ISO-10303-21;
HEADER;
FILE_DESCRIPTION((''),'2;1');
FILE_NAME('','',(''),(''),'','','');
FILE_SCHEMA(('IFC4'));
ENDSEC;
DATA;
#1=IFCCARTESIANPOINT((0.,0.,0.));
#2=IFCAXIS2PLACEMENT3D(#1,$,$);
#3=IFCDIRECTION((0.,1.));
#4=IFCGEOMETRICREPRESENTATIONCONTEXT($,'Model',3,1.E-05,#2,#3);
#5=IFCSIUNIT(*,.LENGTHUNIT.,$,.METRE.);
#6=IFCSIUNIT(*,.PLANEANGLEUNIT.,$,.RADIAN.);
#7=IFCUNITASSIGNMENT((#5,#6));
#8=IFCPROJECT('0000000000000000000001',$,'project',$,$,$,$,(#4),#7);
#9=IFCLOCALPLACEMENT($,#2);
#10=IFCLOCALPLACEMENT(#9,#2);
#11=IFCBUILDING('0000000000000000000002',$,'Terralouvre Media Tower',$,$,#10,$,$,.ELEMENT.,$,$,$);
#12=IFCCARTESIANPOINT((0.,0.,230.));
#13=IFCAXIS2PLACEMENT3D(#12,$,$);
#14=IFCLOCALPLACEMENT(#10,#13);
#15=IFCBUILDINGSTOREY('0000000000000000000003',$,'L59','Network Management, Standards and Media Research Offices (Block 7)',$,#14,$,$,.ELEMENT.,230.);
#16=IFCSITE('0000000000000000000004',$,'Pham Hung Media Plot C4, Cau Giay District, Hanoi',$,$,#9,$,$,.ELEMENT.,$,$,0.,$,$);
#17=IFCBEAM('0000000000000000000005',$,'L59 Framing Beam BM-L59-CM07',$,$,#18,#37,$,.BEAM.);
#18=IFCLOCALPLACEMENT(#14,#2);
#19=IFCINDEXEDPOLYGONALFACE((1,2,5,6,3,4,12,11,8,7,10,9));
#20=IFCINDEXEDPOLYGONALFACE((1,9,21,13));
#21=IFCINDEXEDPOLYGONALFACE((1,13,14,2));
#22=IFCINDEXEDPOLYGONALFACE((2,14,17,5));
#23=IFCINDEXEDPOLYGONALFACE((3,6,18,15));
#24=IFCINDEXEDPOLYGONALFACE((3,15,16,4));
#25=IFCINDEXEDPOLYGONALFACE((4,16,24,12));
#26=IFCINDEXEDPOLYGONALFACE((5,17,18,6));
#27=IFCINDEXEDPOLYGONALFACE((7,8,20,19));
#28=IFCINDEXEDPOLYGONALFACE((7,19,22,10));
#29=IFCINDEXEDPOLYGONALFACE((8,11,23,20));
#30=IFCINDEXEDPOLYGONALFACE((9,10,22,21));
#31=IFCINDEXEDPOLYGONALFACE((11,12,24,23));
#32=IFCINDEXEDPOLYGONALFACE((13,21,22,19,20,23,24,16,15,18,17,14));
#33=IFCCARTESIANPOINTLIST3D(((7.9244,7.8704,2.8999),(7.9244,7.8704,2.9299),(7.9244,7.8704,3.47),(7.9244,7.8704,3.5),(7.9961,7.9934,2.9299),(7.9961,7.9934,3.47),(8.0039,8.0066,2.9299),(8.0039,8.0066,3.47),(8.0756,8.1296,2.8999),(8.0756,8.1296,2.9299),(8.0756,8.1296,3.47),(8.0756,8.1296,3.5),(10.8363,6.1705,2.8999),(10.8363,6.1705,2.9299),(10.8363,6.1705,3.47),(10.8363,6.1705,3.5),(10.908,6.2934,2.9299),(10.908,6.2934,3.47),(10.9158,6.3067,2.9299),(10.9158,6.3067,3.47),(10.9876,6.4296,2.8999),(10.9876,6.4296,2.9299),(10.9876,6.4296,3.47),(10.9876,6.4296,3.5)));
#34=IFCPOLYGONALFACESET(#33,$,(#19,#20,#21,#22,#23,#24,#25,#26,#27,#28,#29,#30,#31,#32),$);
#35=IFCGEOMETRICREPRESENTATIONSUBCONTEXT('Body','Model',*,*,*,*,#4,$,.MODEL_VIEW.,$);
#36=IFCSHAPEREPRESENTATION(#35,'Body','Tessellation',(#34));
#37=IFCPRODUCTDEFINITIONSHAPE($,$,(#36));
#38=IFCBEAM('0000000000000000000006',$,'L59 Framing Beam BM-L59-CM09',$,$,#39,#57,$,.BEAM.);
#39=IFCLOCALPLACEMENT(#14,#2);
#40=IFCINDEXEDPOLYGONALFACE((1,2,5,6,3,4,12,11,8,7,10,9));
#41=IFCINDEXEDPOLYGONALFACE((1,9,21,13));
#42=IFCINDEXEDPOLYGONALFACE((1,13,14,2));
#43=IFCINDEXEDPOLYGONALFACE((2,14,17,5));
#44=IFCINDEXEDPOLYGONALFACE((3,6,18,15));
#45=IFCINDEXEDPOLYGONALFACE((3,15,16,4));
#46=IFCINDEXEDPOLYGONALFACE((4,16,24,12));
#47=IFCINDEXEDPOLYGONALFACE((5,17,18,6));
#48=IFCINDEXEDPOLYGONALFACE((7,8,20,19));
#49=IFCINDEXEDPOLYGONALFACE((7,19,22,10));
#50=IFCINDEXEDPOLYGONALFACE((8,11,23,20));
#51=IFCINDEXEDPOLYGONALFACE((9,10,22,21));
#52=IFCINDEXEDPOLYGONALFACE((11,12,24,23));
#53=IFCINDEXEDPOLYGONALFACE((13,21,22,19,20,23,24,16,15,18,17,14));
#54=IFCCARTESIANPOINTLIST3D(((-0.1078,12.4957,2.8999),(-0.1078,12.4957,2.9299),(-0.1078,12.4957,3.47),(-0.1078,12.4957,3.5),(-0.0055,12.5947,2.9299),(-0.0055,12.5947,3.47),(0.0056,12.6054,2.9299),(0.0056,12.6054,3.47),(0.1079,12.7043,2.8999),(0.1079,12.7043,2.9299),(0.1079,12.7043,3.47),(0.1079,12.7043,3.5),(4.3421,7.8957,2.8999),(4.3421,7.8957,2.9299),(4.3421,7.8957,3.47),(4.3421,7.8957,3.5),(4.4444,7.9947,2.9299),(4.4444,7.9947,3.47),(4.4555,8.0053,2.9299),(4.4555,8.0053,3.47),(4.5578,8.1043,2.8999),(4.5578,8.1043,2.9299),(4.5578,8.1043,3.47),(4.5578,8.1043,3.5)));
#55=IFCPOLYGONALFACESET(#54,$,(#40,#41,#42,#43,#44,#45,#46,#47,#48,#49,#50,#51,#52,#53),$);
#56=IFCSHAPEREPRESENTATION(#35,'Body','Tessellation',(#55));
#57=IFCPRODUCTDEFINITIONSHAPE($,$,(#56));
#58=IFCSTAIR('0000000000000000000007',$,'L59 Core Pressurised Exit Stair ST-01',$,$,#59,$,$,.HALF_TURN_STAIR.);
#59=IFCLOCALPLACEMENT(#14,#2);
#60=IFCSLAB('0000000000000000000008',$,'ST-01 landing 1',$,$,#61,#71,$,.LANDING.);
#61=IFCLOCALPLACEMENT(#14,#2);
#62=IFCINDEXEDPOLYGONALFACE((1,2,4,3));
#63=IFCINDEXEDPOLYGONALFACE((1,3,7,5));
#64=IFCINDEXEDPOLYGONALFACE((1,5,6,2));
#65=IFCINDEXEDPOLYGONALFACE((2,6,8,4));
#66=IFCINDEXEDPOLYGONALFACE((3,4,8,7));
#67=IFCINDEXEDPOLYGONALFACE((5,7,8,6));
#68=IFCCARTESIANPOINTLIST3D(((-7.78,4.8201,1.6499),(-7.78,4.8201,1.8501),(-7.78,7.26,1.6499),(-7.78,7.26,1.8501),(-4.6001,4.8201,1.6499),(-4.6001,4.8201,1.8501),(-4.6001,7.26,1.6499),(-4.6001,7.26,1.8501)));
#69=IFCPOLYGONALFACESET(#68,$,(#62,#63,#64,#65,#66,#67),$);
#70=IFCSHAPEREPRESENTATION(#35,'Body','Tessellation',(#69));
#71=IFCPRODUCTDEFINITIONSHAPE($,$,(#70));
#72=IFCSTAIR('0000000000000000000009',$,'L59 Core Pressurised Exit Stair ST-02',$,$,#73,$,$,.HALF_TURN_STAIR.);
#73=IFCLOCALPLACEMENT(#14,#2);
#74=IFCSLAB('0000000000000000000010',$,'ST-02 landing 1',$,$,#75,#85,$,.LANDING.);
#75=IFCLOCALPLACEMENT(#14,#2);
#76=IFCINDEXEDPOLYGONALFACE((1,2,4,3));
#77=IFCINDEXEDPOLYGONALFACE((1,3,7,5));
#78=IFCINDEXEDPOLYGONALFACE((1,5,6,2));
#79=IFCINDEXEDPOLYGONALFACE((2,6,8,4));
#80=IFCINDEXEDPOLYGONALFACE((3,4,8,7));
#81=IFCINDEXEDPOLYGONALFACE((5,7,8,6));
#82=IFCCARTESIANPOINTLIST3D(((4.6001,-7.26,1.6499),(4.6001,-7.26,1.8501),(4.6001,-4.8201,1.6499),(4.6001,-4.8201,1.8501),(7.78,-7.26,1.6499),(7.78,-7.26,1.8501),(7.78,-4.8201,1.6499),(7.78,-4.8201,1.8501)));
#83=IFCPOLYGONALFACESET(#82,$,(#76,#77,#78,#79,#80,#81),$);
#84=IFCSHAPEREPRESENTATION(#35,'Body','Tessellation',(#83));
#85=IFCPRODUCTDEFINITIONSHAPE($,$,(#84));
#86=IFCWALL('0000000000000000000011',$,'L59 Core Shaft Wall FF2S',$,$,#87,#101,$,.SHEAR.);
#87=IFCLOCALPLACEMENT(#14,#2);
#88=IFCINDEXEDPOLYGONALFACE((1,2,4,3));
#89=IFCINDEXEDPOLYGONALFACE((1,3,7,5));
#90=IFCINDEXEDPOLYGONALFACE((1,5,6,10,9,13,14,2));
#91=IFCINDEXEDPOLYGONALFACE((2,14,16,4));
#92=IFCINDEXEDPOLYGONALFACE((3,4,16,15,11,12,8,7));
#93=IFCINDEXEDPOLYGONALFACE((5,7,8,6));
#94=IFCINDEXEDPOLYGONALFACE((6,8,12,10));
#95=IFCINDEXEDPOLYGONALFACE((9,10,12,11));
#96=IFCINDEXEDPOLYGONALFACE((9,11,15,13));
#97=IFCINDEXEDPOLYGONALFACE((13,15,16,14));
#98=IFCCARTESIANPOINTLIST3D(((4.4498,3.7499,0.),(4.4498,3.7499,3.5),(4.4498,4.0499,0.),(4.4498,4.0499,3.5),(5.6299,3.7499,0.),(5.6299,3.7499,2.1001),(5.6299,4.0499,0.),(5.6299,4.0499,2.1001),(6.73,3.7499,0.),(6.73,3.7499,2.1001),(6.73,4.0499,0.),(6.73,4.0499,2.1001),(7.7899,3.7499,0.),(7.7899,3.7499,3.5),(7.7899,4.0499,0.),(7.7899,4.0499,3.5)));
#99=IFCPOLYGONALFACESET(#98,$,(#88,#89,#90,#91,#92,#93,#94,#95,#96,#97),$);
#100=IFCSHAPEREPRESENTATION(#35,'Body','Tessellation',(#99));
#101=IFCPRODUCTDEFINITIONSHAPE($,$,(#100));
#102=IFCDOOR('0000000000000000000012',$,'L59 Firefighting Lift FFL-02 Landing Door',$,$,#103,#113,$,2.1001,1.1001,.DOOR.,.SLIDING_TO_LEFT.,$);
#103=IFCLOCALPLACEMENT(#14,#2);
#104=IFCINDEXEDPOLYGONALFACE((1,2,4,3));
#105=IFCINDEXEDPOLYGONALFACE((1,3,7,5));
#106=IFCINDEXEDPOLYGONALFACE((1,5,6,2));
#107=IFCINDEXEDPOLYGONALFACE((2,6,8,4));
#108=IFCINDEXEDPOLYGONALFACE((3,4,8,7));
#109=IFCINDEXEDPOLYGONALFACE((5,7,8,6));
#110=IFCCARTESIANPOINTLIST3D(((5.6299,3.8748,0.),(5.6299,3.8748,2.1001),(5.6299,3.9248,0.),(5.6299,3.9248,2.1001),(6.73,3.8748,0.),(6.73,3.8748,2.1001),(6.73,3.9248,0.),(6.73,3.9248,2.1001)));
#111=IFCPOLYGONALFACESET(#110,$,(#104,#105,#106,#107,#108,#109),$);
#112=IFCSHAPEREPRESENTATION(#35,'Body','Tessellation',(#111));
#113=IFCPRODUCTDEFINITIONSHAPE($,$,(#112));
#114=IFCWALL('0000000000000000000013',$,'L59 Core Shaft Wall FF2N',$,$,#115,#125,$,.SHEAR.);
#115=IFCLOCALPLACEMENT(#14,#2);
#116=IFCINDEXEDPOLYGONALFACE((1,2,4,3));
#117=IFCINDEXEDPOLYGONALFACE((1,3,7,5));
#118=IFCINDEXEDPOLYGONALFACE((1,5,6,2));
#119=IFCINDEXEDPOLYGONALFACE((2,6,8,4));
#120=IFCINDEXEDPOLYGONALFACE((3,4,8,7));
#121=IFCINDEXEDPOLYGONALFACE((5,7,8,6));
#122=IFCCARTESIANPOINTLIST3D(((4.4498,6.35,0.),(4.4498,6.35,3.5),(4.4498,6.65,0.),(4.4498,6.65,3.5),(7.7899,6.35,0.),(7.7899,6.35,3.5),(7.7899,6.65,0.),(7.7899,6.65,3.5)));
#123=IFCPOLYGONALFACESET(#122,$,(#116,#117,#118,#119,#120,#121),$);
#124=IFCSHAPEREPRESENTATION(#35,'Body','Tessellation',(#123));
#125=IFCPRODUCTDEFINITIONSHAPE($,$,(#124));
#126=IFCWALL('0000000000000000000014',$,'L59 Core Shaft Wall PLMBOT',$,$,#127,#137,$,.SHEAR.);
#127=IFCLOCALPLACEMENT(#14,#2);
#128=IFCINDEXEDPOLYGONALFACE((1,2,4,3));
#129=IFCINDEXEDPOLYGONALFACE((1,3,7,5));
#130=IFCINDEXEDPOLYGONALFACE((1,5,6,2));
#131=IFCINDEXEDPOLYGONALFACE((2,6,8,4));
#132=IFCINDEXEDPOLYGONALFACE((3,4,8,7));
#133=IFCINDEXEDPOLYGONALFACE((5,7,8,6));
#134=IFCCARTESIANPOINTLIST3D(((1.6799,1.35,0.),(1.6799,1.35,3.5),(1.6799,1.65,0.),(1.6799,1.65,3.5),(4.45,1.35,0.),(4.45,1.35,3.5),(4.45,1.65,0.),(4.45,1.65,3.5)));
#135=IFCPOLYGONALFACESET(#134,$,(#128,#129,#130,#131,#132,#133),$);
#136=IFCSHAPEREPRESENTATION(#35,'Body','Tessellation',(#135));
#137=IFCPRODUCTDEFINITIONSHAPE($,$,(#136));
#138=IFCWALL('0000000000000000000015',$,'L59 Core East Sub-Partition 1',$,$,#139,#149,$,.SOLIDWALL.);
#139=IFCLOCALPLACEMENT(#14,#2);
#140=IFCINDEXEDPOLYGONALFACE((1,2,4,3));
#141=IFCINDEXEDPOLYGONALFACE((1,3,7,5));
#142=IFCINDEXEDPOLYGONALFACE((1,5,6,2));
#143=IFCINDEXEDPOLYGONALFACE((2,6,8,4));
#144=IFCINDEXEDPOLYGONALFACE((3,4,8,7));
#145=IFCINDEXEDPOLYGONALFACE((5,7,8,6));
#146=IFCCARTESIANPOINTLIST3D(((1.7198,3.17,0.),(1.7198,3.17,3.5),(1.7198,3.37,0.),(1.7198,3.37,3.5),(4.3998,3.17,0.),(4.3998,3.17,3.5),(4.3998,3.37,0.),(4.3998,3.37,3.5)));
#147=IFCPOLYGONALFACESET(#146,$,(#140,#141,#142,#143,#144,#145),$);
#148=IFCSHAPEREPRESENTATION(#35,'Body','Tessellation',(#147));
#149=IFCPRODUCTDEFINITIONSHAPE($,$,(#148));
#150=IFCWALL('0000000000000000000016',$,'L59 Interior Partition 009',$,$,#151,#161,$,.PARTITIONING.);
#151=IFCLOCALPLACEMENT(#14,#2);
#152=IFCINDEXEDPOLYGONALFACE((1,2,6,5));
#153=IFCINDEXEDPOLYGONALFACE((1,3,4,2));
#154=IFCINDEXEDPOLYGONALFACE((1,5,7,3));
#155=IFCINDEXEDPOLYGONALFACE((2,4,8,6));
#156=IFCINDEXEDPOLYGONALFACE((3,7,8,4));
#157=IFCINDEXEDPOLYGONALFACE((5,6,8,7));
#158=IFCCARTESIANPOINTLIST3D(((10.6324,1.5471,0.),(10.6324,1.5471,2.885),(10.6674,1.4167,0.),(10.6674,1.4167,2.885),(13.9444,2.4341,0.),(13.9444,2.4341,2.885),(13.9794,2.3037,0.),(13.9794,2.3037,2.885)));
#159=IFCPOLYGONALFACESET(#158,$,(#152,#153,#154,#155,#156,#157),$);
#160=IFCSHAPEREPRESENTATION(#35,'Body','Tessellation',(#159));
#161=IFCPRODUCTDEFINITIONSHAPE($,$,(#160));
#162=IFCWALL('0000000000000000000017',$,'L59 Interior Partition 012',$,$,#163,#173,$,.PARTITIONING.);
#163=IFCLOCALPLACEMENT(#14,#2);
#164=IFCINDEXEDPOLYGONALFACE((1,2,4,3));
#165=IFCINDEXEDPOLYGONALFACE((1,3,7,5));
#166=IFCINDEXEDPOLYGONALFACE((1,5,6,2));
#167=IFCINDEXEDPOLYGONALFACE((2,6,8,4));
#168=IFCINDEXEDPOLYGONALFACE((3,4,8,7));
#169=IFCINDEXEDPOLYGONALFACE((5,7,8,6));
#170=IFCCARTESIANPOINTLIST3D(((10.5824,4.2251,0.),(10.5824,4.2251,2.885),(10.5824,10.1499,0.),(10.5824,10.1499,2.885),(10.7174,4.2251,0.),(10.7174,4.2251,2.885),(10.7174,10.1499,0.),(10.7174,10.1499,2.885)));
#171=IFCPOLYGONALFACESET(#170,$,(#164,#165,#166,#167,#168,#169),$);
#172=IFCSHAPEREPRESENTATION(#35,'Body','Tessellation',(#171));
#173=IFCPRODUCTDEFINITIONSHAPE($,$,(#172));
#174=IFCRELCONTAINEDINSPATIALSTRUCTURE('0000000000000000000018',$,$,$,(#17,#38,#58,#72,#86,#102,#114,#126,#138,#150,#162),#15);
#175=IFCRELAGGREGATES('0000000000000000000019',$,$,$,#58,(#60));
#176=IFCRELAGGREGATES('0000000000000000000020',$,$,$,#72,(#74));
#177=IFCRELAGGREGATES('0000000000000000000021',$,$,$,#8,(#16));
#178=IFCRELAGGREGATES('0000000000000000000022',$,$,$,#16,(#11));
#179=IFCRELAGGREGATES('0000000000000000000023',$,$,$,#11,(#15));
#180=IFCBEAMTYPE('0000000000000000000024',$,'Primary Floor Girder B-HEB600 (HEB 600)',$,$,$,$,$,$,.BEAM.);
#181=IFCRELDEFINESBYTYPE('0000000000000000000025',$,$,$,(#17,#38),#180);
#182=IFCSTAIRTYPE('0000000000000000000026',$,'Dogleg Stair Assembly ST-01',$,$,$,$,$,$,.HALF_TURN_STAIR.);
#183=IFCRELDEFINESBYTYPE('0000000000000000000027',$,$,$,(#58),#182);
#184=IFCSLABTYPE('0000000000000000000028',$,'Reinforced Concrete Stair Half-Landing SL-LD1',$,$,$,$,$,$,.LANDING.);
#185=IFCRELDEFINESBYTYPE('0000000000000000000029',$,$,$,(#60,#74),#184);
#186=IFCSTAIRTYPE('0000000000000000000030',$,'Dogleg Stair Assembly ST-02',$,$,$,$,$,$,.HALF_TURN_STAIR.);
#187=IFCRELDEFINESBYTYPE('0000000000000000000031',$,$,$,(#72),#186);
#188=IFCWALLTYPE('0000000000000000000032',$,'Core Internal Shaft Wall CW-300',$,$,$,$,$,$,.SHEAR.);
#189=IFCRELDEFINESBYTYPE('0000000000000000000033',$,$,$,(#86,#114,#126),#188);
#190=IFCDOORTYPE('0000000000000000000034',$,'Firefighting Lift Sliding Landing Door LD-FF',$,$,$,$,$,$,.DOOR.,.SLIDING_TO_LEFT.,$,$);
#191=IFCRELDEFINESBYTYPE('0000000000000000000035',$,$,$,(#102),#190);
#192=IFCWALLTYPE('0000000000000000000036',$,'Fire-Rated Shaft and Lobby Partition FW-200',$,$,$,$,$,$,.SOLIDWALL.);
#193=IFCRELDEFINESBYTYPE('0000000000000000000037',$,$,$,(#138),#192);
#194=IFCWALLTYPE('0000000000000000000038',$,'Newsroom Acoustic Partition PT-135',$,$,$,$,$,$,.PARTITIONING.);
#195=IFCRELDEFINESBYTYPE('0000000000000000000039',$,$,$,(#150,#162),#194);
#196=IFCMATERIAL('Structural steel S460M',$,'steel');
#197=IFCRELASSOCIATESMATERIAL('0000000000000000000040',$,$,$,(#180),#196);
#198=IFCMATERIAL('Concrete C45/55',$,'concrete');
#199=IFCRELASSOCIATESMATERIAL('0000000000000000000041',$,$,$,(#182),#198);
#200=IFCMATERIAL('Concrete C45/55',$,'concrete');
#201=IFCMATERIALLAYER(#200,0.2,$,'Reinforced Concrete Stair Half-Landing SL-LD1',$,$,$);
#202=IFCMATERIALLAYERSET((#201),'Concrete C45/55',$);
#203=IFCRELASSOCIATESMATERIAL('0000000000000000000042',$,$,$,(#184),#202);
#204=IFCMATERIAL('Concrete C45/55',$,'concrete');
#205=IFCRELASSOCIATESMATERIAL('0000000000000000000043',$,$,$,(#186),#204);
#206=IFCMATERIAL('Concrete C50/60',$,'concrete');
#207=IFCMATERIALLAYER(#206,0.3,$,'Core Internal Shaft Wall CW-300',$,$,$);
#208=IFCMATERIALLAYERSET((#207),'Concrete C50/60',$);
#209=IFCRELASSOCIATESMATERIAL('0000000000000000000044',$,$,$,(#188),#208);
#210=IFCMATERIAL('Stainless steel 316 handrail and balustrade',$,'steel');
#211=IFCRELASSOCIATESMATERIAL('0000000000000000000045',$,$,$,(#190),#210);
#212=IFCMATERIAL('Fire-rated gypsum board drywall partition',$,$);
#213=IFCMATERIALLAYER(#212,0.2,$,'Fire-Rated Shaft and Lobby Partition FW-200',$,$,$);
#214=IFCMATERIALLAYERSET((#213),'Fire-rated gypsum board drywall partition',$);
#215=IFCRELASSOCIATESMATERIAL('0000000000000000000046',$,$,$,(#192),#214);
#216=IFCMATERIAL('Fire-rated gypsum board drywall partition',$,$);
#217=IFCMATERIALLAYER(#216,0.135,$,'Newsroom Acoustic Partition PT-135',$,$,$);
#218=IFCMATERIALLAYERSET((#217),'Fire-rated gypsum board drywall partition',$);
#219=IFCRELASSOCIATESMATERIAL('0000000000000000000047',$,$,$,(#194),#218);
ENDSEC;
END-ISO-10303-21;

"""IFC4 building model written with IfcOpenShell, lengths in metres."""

from ifc_helpers import new_model, si_unit, direction, frame, frame_2d, origin, origin_2d, place, context, subcontext, project, spatial, polyline, rectangle, i_section, outline, extrude, material, layer, layer_set, material_profile, profile_set, type_object, element, fill, aggregate, save


model = new_model("IFC4")

# Units and contexts
model_context = context("Model", 3, precision=1e-05, world=origin(), true_north=direction((0.0, 1.0)))
body_context = subcontext(model_context, "Body", "Model", "MODEL_VIEW")
ifc_project = project(units=[si_unit("LENGTHUNIT", "METRE"), si_unit("PLANEANGLEUNIT", "RADIAN")], contexts=[model_context])

# Site, building, storey
site_placement = place(None, origin())
site = spatial("IfcSite", under=ifc_project, at=site_placement, Name="Pham Hung Media Plot C4, Cau Giay District, Hanoi", CompositionType="ELEMENT", RefElevation=0.0)
building_placement = place(site_placement, origin())
building = spatial("IfcBuilding", under=site, at=building_placement, Name="Terralouvre Media Tower", CompositionType="ELEMENT")
storey_placement = place(building_placement, frame((0.0, 0.0, 230.0)))
storey = spatial("IfcBuildingStorey", under=building, at=storey_placement, Name="L59", Description="Network Management, Standards and Media Research Offices (Block 7)", CompositionType="ELEMENT", Elevation=230.0)

# Beams
ifc_material_1 = material(Name="Structural steel S460M", Category="steel")
ifc_material_profile_1 = material_profile(ifc_material_1, i_section(OverallWidth=0.3, OverallDepth=0.6001, WebThickness=0.0154, FlangeThickness=0.03, at=origin_2d()), Name="HEB 600")
ifc_profile_set_1 = profile_set([ifc_material_profile_1], Name="Structural steel S460M")
beam_type_1 = type_object("IfcBeamType", Name="Primary Floor Girder B-HEB600 (HEB 600)", PredefinedType="BEAM", material=ifc_profile_set_1)
beam_1_placement = place(storey_placement, frame((8.0, 8.0, 3.2), z_axis=(0.863603, -0.504173, 0.0), x_axis=(0.504173, 0.863603, 0.0)))
element("IfcBeam", 1, at=beam_1_placement, inside=storey, type_object=beam_type_1, Name="L59 Framing Beam BM-L59-CM07", PredefinedType="BEAM", context=body_context, shape_type="SweptSolid", body=[
    extrude(i_section(OverallWidth=0.3, OverallDepth=0.6001, WebThickness=0.0154, FlangeThickness=0.03, at=origin_2d()), origin(), (0.0, 0.0, 1.0), 3.3718),
])
beam_2_placement = place(storey_placement, frame((4.45, 8.0, 3.2), z_axis=(-0.69528, 0.718739, 0.0), x_axis=(-0.718739, -0.69528, 0.0)))
element("IfcBeam", 2, at=beam_2_placement, inside=storey, type_object=beam_type_1, Name="L59 Framing Beam BM-L59-CM09", PredefinedType="BEAM", context=body_context, shape_type="SweptSolid", body=[
    extrude(i_section(OverallWidth=0.3, OverallDepth=0.6001, WebThickness=0.0154, FlangeThickness=0.03, at=origin_2d()), origin(), (0.0, 0.0, 1.0), 6.4001),
])

# Stairs, slabs
ifc_material_2 = material(Name="Concrete C45/55", Category="concrete")
stair_type_1 = type_object("IfcStairType", Name="Dogleg Stair Assembly ST-01", PredefinedType="HALF_TURN_STAIR", material=ifc_material_2)
stair_1_placement = place(storey_placement, origin())
stair_1 = element("IfcStair", 3, at=stair_1_placement, inside=storey, type_object=stair_type_1, Name="L59 Core Pressurised Exit Stair ST-01", PredefinedType="HALF_TURN_STAIR")
ifc_material_3 = material(Name="Concrete C45/55", Category="concrete")
ifc_layer_1 = layer(ifc_material_3, 0.2, Name="Reinforced Concrete Stair Half-Landing SL-LD1")
ifc_layer_set_1 = layer_set([ifc_layer_1], Name="Concrete C45/55")
slab_type = type_object("IfcSlabType", Name="Reinforced Concrete Stair Half-Landing SL-LD1", PredefinedType="LANDING", material=ifc_layer_set_1)
slab_1_placement = place(storey_placement, frame((0.0, 0.0, 1.6499)))
slab_1 = element("IfcSlab", 4, at=slab_1_placement, type_object=slab_type, Name="ST-01 landing 1", PredefinedType="LANDING", context=body_context, shape_type="SweptSolid", body=[
    extrude(outline(polyline([(-4.6001, 4.8201), (-4.6001, 7.26), (-7.78, 7.26), (-7.78, 4.8201), (-4.6001, 4.8201)])), origin(), (0.0, 0.0, 1.0), 0.2002),
])
aggregate(stair_1, [slab_1])
ifc_material_4 = material(Name="Concrete C45/55", Category="concrete")
stair_type_2 = type_object("IfcStairType", Name="Dogleg Stair Assembly ST-02", PredefinedType="HALF_TURN_STAIR", material=ifc_material_4)
stair_2_placement = place(storey_placement, origin())
stair_2 = element("IfcStair", 5, at=stair_2_placement, inside=storey, type_object=stair_type_2, Name="L59 Core Pressurised Exit Stair ST-02", PredefinedType="HALF_TURN_STAIR")
slab_2_placement = place(storey_placement, frame((0.0, 0.0, 1.6499)))
slab_2 = element("IfcSlab", 6, at=slab_2_placement, type_object=slab_type, Name="ST-02 landing 1", PredefinedType="LANDING", context=body_context, shape_type="SweptSolid", body=[
    extrude(outline(polyline([(4.6001, -4.8201), (4.6001, -7.26), (7.78, -7.26), (7.78, -4.8201), (4.6001, -4.8201)])), origin(), (0.0, 0.0, 1.0), 0.2002),
])
aggregate(stair_2, [slab_2])

# Wall, opening, door
ifc_material_5 = material(Name="Concrete C50/60", Category="concrete")
ifc_layer_2 = layer(ifc_material_5, 0.3, Name="Core Internal Shaft Wall CW-300")
ifc_layer_set_2 = layer_set([ifc_layer_2], Name="Concrete C50/60")
wall_type_1 = type_object("IfcWallType", Name="Core Internal Shaft Wall CW-300", PredefinedType="SHEAR", material=ifc_layer_set_2)
wall_1_placement = place(storey_placement, frame((4.45, 3.8999, 0.0), z_axis=(0.0, 0.0, 1.0), x_axis=(1.0, 0.0, 0.0)))
wall_1 = element("IfcWall", 7, at=wall_1_placement, inside=storey, type_object=wall_type_1, Name="L59 Core Shaft Wall FF2S", PredefinedType="SHEAR", context=body_context, shape_type="SweptSolid", body=[
    extrude(rectangle(XDim=3.3401, YDim=0.3, at=frame_2d((1.6699, 0.0))), origin(), (0.0, 0.0, 1.0), 3.5),
])
opening_placement = place(wall_1_placement, frame((1.1799, 0.0, 0.0)))
opening = element("IfcOpeningElement", 8, at=opening_placement, cuts=wall_1, PredefinedType="OPENING", context=body_context, shape_type="SweptSolid", body=[
    extrude(rectangle(XDim=1.1001, YDim=2.1001, at=frame_2d((0.55, 1.05))), frame((0.0, 0.1599, 0.0), z_axis=(0.0, -1.0, 0.0), x_axis=(1.0, 0.0, 0.0)), (0.0, 0.0, 1.0), 0.3201),
])
ifc_material_6 = material(Name="Stainless steel 316 handrail and balustrade", Category="steel")
door_type = type_object("IfcDoorType", Name="Firefighting Lift Sliding Landing Door LD-FF", OperationType="SLIDING_TO_LEFT", PredefinedType="DOOR", material=ifc_material_6)
door_placement = place(opening_placement, origin())
door = element("IfcDoor", 9, at=door_placement, inside=storey, type_object=door_type, Name="L59 Firefighting Lift FFL-02 Landing Door", OperationType="SLIDING_TO_LEFT", OverallHeight=2.1001, OverallWidth=1.1001, PredefinedType="DOOR", context=body_context, shape_type="SweptSolid", body=[
    extrude(rectangle(XDim=1.1001, YDim=2.1001, at=frame_2d((0.55, 1.05))), frame((0.0, 0.0249, 0.0), z_axis=(0.0, -1.0, 0.0), x_axis=(1.0, 0.0, 0.0)), (0.0, 0.0, 1.0), 0.05),
])
fill(opening, door)

# Walls
wall_2_placement = place(storey_placement, frame((4.45, 6.5, 0.0), z_axis=(0.0, 0.0, 1.0), x_axis=(1.0, 0.0, 0.0)))
element("IfcWall", 10, at=wall_2_placement, inside=storey, type_object=wall_type_1, Name="L59 Core Shaft Wall FF2N", PredefinedType="SHEAR", context=body_context, shape_type="SweptSolid", body=[
    extrude(rectangle(XDim=3.3401, YDim=0.3, at=frame_2d((1.6699, 0.0))), origin(), (0.0, 0.0, 1.0), 3.5),
])
wall_3_placement = place(storey_placement, frame((1.6799, 1.5, 0.0), z_axis=(0.0, 0.0, 1.0), x_axis=(1.0, 0.0, 0.0)))
element("IfcWall", 11, at=wall_3_placement, inside=storey, type_object=wall_type_1, Name="L59 Core Shaft Wall PLMBOT", PredefinedType="SHEAR", context=body_context, shape_type="SweptSolid", body=[
    extrude(rectangle(XDim=2.77, YDim=0.3, at=frame_2d((1.385, 0.0))), origin(), (0.0, 0.0, 1.0), 3.5),
])
ifc_material_7 = material(Name="Fire-rated gypsum board drywall partition")
ifc_layer_3 = layer(ifc_material_7, 0.2, Name="Fire-Rated Shaft and Lobby Partition FW-200")
ifc_layer_set_3 = layer_set([ifc_layer_3], Name="Fire-rated gypsum board drywall partition")
wall_type_2 = type_object("IfcWallType", Name="Fire-Rated Shaft and Lobby Partition FW-200", PredefinedType="SOLIDWALL", material=ifc_layer_set_3)
wall_4_placement = place(storey_placement, frame((1.72, 3.27, 0.0), z_axis=(0.0, 0.0, 1.0), x_axis=(1.0, 0.0, 0.0)))
element("IfcWall", 12, at=wall_4_placement, inside=storey, type_object=wall_type_2, Name="L59 Core East Sub-Partition 1", PredefinedType="SOLIDWALL", context=body_context, shape_type="SweptSolid", body=[
    extrude(rectangle(XDim=2.6799, YDim=0.2, at=frame_2d((1.3398, 0.0))), origin(), (0.0, 0.0, 1.0), 3.5),
])
ifc_material_8 = material(Name="Fire-rated gypsum board drywall partition")
ifc_layer_4 = layer(ifc_material_8, 0.135, Name="Newsroom Acoustic Partition PT-135")
ifc_layer_set_4 = layer_set([ifc_layer_4], Name="Fire-rated gypsum board drywall partition")
wall_type_3 = type_object("IfcWallType", Name="Newsroom Acoustic Partition PT-135", PredefinedType="PARTITIONING", material=ifc_layer_set_4)
wall_5_placement = place(storey_placement, frame((10.6499, 1.4819, 0.0), z_axis=(0.0, 0.0, 1.0), x_axis=(0.965961, 0.258686, 0.0)))
element("IfcWall", 13, at=wall_5_placement, inside=storey, type_object=wall_type_3, Name="L59 Interior Partition 009", PredefinedType="PARTITIONING", context=body_context, shape_type="SweptSolid", body=[
    extrude(rectangle(XDim=3.4287, YDim=0.135, at=frame_2d((1.7144, 0.0))), origin(), (0.0, 0.0, 1.0), 2.885),
])
wall_6_placement = place(storey_placement, frame((10.6499, 4.2251, 0.0), z_axis=(0.0, 0.0, 1.0), x_axis=(0.0, 1.0, 0.0)))
element("IfcWall", 14, at=wall_6_placement, inside=storey, type_object=wall_type_3, Name="L59 Interior Partition 012", PredefinedType="PARTITIONING", context=body_context, shape_type="SweptSolid", body=[
    extrude(rectangle(XDim=5.9248, YDim=0.135, at=frame_2d((2.9624, 0.0))), origin(), (0.0, 0.0, 1.0), 2.885),
])

save(model, "model.ifc")
